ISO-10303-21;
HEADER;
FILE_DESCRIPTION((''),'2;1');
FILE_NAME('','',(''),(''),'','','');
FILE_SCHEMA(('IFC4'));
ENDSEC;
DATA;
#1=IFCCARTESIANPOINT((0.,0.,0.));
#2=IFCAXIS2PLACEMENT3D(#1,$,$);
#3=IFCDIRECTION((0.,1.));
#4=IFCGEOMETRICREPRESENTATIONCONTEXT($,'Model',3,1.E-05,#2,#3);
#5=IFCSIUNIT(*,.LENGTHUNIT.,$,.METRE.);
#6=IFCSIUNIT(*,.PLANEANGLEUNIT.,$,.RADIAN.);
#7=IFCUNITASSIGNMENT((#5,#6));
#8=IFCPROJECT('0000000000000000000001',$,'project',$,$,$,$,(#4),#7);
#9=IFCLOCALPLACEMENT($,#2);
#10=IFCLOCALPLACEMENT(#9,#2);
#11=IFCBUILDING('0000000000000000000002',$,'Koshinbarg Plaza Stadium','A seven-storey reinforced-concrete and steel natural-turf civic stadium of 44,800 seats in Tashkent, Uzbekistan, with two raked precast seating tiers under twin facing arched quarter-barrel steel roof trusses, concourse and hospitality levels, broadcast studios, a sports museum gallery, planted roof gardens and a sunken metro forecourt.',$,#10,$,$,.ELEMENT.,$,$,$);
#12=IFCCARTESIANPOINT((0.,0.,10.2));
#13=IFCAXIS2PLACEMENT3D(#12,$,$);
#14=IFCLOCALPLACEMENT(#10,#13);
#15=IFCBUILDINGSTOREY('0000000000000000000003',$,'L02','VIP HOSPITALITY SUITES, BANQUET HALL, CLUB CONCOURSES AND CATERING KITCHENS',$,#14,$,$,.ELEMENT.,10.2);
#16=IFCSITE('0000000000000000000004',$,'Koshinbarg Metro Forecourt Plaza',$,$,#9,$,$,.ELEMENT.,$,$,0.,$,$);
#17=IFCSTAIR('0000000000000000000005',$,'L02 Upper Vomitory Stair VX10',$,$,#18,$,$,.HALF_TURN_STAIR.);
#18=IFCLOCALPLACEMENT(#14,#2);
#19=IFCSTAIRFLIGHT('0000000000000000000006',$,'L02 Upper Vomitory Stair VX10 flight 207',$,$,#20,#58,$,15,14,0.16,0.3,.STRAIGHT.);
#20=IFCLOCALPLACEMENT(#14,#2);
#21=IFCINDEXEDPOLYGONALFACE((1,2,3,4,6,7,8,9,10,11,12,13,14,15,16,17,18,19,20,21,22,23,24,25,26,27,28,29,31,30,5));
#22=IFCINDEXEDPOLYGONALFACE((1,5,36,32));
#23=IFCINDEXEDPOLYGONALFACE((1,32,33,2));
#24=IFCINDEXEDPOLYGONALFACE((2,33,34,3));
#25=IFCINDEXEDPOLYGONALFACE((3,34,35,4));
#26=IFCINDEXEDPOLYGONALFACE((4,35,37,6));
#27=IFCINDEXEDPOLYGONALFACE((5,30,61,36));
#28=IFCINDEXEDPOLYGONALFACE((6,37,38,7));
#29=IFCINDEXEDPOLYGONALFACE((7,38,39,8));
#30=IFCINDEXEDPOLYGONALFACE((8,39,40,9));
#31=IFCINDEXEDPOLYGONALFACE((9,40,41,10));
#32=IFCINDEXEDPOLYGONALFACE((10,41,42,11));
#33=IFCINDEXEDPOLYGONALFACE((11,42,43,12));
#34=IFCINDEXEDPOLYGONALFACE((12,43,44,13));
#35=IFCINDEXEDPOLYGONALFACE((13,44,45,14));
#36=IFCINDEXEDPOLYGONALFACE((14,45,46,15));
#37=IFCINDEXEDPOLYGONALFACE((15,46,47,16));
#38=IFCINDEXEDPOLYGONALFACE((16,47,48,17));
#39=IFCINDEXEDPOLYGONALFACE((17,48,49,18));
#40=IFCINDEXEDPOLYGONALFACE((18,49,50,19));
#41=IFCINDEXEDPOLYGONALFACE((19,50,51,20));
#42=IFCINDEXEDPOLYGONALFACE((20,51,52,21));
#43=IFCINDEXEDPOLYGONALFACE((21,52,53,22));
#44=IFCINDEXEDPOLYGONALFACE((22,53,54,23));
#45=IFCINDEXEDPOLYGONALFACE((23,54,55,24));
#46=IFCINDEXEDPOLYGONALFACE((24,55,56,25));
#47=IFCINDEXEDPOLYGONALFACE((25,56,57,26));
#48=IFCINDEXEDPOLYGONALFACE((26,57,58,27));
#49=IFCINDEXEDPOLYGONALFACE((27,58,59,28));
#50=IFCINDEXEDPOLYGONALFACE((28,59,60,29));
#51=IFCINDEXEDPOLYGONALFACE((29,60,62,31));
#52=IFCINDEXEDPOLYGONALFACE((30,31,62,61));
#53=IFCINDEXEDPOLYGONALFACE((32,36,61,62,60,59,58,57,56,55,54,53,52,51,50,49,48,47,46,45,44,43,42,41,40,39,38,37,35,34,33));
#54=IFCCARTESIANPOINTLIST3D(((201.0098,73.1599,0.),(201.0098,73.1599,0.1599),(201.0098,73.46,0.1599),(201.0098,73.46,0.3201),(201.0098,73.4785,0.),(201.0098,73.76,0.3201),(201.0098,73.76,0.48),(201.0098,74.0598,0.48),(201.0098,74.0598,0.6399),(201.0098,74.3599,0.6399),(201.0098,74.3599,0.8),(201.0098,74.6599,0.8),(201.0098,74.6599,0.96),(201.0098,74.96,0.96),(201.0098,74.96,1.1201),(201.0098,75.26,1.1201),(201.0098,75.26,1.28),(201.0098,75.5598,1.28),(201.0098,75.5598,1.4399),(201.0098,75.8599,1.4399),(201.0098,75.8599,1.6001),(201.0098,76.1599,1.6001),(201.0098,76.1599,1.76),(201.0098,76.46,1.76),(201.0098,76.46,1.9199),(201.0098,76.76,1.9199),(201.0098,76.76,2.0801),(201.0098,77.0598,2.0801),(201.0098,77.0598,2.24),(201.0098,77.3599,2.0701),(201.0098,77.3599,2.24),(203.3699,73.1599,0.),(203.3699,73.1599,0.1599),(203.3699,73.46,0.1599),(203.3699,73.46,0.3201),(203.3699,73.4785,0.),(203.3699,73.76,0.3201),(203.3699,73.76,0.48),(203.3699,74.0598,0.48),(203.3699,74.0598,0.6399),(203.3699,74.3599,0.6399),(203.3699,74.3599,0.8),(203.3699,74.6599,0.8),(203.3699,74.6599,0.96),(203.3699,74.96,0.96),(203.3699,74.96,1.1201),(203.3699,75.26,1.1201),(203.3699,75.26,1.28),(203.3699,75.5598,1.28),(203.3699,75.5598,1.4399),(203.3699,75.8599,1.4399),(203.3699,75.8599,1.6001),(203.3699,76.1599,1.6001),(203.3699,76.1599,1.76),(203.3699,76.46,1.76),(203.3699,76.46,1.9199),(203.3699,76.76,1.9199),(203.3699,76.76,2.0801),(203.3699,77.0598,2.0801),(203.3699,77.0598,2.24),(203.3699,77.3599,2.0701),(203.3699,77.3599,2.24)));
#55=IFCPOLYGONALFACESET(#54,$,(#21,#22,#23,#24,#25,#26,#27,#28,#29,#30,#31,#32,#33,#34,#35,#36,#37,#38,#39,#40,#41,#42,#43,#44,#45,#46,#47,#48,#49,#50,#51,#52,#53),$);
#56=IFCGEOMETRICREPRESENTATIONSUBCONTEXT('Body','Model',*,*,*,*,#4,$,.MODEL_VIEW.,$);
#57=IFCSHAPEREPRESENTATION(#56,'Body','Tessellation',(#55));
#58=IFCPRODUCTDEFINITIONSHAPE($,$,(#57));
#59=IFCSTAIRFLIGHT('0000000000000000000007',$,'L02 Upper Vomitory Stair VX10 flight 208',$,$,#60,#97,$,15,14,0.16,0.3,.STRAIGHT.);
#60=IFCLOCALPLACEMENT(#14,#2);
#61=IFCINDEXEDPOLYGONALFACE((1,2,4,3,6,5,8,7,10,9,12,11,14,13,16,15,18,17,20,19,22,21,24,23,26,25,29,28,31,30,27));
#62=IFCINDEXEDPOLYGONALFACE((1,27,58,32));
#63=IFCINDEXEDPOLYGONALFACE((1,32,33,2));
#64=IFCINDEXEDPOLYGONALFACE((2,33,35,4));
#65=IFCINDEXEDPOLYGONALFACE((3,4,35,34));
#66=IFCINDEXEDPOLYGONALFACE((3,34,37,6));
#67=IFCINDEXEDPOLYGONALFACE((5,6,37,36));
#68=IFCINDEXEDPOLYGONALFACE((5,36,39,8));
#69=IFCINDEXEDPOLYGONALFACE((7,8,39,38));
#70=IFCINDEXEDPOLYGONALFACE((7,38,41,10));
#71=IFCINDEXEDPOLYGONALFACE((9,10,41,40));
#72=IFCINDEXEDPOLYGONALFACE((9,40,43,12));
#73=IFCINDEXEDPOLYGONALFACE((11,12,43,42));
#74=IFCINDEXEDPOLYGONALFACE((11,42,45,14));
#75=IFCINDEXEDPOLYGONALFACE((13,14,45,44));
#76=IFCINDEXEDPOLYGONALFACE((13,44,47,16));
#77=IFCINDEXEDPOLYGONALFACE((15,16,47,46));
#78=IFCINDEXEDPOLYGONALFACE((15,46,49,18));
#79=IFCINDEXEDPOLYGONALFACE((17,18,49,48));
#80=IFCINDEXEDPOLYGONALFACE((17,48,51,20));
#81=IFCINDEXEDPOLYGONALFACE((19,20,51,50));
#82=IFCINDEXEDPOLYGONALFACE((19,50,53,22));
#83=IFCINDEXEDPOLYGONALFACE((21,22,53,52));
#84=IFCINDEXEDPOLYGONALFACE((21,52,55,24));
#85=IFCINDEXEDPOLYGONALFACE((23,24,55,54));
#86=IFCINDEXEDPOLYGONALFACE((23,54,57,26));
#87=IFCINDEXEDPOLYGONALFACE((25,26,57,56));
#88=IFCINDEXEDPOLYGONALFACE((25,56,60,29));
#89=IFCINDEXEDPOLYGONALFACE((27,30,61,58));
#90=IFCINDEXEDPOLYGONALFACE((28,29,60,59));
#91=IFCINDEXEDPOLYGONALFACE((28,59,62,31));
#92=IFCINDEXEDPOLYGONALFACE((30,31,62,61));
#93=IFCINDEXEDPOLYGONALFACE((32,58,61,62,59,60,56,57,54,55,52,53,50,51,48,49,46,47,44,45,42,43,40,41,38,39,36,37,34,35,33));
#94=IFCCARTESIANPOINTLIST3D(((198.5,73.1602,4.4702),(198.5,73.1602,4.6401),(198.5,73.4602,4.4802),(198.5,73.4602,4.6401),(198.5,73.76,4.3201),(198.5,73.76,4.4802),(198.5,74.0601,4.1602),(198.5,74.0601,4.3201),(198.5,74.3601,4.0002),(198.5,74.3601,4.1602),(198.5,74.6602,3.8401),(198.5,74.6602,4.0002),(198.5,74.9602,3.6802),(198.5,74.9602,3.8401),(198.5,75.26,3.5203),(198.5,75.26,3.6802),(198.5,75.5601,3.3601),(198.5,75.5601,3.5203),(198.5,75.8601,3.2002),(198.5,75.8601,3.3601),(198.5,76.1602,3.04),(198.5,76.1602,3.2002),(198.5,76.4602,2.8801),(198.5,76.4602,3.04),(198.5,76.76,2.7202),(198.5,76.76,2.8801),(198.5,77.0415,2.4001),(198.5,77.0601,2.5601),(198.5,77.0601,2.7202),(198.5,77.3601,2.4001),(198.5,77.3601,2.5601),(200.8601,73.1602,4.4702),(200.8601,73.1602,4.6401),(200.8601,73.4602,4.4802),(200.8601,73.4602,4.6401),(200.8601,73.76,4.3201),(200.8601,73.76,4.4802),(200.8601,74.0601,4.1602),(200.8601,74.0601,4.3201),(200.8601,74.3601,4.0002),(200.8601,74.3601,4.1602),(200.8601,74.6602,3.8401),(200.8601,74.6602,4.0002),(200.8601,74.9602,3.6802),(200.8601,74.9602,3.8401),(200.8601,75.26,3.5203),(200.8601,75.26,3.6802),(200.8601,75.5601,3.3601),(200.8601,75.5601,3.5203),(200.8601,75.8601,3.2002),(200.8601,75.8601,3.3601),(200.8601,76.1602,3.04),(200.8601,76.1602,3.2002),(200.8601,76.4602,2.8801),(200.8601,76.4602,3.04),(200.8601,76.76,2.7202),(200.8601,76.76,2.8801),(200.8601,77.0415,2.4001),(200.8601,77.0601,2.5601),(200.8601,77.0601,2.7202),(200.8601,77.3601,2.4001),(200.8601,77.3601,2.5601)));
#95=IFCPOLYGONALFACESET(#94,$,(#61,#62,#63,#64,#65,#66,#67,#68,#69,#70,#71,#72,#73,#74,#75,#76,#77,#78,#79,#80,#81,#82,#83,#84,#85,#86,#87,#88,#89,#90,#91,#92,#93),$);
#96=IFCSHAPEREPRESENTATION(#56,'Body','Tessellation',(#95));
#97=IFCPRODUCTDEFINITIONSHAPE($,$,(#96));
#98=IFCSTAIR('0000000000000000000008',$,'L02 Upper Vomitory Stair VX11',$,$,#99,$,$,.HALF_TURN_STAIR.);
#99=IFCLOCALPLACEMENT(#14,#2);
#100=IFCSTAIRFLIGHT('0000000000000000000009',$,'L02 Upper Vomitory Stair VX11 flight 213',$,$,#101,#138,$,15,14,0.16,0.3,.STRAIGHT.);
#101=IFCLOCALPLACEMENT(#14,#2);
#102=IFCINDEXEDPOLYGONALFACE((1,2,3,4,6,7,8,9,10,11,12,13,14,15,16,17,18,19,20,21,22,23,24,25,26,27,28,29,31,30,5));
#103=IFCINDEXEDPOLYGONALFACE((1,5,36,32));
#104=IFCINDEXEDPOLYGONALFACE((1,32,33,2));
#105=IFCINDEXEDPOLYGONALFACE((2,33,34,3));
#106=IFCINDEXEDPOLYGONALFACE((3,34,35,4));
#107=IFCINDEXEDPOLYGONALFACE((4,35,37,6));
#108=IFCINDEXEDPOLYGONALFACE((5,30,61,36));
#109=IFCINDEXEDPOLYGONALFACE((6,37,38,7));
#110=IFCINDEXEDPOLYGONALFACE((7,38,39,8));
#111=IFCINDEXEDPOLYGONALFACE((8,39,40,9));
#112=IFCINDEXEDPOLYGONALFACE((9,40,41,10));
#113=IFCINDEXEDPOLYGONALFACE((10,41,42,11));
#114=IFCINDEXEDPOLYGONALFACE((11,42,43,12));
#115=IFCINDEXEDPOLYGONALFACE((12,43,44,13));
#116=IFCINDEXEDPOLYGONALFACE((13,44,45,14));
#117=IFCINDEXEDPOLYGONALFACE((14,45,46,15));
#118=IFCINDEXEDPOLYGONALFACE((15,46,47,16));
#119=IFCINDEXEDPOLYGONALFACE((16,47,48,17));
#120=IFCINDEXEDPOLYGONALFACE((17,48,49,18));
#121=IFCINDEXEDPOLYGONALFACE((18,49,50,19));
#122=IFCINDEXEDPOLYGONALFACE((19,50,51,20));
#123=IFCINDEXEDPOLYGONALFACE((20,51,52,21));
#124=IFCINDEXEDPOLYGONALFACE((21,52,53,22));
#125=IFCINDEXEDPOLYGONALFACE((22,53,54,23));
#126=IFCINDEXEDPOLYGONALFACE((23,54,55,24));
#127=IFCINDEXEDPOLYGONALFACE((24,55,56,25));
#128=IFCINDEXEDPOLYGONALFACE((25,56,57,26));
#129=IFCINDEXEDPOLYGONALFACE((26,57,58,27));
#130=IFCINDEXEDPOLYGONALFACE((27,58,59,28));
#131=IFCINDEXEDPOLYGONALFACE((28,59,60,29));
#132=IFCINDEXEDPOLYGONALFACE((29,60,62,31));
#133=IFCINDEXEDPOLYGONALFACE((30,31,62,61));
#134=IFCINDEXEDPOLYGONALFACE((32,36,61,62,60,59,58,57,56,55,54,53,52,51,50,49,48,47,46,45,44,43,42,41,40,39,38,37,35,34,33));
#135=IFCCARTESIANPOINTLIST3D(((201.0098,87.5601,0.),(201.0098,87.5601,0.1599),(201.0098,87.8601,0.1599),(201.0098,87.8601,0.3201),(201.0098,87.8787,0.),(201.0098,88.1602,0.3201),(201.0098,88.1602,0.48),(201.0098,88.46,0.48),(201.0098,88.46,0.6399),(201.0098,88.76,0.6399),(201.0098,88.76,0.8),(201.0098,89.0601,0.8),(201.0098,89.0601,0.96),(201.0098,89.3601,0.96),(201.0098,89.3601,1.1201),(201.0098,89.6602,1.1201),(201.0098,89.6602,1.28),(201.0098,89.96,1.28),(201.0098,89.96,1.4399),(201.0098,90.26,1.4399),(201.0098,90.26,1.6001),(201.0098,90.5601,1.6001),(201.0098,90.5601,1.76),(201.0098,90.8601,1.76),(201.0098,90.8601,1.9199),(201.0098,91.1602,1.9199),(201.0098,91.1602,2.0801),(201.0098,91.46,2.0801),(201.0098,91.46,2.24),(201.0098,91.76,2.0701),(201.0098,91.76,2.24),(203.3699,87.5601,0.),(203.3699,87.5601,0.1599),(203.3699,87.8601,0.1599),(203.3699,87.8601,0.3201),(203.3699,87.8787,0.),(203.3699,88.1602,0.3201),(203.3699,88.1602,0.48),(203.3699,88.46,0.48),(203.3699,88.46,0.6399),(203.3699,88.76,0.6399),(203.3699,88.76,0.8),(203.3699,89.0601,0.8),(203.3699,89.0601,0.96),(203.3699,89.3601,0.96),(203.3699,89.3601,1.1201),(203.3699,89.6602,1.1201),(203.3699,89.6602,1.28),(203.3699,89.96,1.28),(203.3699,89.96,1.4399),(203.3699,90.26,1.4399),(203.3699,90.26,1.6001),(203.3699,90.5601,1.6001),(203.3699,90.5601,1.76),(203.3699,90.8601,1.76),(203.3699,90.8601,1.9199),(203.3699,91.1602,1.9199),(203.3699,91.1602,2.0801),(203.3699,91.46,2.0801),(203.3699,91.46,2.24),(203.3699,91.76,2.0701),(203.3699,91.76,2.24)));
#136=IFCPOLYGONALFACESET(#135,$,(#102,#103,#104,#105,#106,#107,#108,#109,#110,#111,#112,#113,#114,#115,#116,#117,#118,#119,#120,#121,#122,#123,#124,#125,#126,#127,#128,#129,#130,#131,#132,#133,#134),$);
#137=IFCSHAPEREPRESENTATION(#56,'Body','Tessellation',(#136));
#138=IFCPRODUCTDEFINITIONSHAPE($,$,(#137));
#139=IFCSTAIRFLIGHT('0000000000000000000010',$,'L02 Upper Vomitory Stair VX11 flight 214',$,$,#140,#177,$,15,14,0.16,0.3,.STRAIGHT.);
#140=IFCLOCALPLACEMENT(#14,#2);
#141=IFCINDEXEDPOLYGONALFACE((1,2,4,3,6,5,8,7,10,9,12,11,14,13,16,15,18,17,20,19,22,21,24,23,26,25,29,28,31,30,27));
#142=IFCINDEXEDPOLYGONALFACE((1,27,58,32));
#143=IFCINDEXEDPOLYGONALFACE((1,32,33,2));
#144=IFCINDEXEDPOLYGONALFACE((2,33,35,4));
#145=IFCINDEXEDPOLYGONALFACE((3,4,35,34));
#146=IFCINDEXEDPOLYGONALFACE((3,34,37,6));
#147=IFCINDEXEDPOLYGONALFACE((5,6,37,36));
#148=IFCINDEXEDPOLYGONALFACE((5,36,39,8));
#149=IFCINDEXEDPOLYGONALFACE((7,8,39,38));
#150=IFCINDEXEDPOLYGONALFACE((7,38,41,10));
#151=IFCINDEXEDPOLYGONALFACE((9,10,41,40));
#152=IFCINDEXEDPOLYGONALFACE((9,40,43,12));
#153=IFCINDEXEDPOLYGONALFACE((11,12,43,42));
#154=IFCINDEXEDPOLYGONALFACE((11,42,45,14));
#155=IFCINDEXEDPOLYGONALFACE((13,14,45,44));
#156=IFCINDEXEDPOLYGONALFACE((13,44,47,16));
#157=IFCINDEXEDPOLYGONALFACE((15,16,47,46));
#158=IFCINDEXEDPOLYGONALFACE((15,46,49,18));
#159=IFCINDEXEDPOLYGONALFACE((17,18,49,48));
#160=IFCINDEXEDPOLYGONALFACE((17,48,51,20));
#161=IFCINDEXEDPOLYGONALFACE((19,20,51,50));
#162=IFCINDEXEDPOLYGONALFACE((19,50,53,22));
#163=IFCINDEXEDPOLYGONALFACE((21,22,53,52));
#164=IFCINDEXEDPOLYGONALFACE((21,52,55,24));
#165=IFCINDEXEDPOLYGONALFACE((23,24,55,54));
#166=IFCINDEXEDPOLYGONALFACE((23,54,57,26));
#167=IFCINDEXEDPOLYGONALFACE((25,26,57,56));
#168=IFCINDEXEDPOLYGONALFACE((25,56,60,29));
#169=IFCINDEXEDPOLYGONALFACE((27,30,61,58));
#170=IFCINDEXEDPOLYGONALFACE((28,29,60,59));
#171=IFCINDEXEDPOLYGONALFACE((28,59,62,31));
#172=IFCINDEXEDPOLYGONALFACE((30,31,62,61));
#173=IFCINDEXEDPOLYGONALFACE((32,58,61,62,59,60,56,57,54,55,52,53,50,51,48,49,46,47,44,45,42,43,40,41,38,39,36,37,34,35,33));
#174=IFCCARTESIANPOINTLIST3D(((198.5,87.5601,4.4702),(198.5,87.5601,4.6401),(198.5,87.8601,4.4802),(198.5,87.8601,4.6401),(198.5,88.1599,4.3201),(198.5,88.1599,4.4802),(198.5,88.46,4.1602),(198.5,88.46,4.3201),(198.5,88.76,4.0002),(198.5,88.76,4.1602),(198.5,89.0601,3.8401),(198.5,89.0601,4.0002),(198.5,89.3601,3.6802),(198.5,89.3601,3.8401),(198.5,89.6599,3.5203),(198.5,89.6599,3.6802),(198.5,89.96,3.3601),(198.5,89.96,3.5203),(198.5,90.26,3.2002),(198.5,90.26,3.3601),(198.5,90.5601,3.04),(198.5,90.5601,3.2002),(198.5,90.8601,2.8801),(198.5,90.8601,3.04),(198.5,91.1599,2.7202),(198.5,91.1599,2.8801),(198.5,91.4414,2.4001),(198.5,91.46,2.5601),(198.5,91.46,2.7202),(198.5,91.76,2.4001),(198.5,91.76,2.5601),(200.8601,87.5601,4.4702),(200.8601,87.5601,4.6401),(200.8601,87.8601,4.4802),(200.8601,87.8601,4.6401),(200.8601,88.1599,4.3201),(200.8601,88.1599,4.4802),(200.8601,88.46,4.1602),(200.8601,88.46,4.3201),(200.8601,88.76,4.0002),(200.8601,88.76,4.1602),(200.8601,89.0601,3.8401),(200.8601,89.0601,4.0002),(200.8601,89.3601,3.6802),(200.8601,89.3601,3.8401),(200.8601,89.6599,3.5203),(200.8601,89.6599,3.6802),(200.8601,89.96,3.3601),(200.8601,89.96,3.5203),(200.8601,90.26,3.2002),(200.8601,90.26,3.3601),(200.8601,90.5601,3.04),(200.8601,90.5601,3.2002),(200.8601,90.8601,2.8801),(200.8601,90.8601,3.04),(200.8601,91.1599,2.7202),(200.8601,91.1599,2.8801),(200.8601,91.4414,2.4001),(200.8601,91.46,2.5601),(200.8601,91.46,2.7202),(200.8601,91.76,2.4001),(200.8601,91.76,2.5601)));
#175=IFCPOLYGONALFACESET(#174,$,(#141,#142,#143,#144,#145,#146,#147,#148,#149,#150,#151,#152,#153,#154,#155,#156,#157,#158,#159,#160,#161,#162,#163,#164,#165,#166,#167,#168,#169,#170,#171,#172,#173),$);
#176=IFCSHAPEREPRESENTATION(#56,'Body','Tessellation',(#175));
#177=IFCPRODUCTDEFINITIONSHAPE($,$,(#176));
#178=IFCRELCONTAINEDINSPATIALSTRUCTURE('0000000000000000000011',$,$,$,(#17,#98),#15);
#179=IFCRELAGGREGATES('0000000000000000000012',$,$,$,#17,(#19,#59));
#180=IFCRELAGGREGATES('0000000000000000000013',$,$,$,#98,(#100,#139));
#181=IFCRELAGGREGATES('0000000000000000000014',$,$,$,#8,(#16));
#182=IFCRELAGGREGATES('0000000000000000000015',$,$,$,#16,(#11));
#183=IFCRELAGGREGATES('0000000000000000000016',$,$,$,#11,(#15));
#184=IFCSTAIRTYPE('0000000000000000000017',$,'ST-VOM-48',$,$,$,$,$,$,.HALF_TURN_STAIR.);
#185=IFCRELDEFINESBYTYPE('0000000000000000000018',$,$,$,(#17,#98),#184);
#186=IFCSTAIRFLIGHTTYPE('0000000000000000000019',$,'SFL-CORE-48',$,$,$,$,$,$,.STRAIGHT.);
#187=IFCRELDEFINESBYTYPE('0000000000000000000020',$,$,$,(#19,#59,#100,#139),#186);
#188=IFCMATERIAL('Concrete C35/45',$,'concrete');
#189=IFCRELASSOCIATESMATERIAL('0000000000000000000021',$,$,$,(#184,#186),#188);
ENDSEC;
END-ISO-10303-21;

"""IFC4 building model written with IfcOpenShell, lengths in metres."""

from ifc_helpers import new_model, si_unit, direction, frame, origin, place, context, subcontext, project, spatial, polyline, outline, extrude, material, type_object, element, aggregate, save


model = new_model("IFC4")

# Units and contexts
model_context = context("Model", 3, precision=1e-05, world=origin(), true_north=direction((0.0, 1.0)))
body_context = subcontext(model_context, "Body", "Model", "MODEL_VIEW")
ifc_project = project(units=[si_unit("LENGTHUNIT", "METRE"), si_unit("PLANEANGLEUNIT", "RADIAN")], contexts=[model_context])

# Site, building, storey
site_placement = place(None, origin())
site = spatial("IfcSite", under=ifc_project, at=site_placement, Name="Koshinbarg Metro Forecourt Plaza", CompositionType="ELEMENT", RefElevation=0.0)
building_placement = place(site_placement, origin())
building = spatial("IfcBuilding", under=site, at=building_placement, Name="Koshinbarg Plaza Stadium", Description="A seven-storey reinforced-concrete and steel natural-turf civic stadium of 44,800 seats in Tashkent, Uzbekistan, with two raked precast seating tiers under twin facing arched quarter-barrel steel roof trusses, concourse and hospitality levels, broadcast studios, a sports museum gallery, planted roof gardens and a sunken metro forecourt.", CompositionType="ELEMENT")
storey_placement = place(building_placement, frame((0.0, 0.0, 10.2)))
storey = spatial("IfcBuildingStorey", under=building, at=storey_placement, Name="L02", Description="VIP HOSPITALITY SUITES, BANQUET HALL, CLUB CONCOURSES AND CATERING KITCHENS", CompositionType="ELEMENT", Elevation=10.2)

# Stairs, stair flights
ifc_material_1 = material(Name="Concrete C35/45", Category="concrete")
stair_type = type_object("IfcStairType", Name="ST-VOM-48", PredefinedType="HALF_TURN_STAIR", material=ifc_material_1)
stair_1_placement = place(storey_placement, origin())
stair_1 = element("IfcStair", 1, at=stair_1_placement, inside=storey, type_object=stair_type, Name="L02 Upper Vomitory Stair VX10", PredefinedType="HALF_TURN_STAIR")
stair_flight_type = type_object("IfcStairFlightType", Name="SFL-CORE-48", PredefinedType="STRAIGHT", material=ifc_material_1)
stair_flight_1_placement = place(storey_placement, frame((202.1899, 73.1599, 0.0), z_axis=(0.0, 0.0, 1.0), x_axis=(0.0, 1.0, 0.0)))
stair_flight_1 = element("IfcStairFlight", 2, at=stair_flight_1_placement, type_object=stair_flight_type, Name="L02 Upper Vomitory Stair VX10 flight 207", NumberOfRisers=15, NumberOfTreads=14, PredefinedType="STRAIGHT", RiserHeight=0.16, TreadLength=0.3, context=body_context, shape_type="SweptSolid", body=[
    extrude(outline(polyline([(0.0, 0.0), (0.0, 0.1599), (0.3, 0.1599), (0.3, 0.3201), (0.6001, 0.3201), (0.6001, 0.48), (0.8999, 0.48), (0.8999, 0.6399), (1.2, 0.6399), (1.2, 0.8), (1.5, 0.8), (1.5, 0.96), (1.8, 0.96), (1.8, 1.1201), (2.1001, 1.1201), (2.1001, 1.28), (2.3999, 1.28), (2.3999, 1.4399), (2.7, 1.4399), (2.7, 1.6001), (3.0, 1.6001), (3.0, 1.76), (3.3, 1.76), (3.3, 1.9199), (3.6001, 1.9199), (3.6001, 2.0801), (3.8999, 2.0801), (3.8999, 2.24), (4.2, 2.24), (4.2, 2.3999), (4.2, 2.0701), (0.3186, 0.0), (0.0, 0.0)])), frame((0.0, 1.1802, 0.0), z_axis=(0.0, -1.0, 0.0), x_axis=(1.0, 0.0, 0.0)), (0.0, 0.0, 1.0), 2.3601),
])
stair_flight_2_placement = place(storey_placement, frame((199.6799, 77.3601, 2.4001), z_axis=(0.0, 0.0, 1.0), x_axis=(0.0, -1.0, 0.0)))
stair_flight_2 = element("IfcStairFlight", 3, at=stair_flight_2_placement, type_object=stair_flight_type, Name="L02 Upper Vomitory Stair VX10 flight 208", NumberOfRisers=15, NumberOfTreads=14, PredefinedType="STRAIGHT", RiserHeight=0.16, TreadLength=0.3, context=body_context, shape_type="SweptSolid", body=[
    extrude(outline(polyline([(0.0, 0.0), (0.0, 0.1599), (0.3, 0.1599), (0.3, 0.3201), (0.6001, 0.3201), (0.6001, 0.48), (0.8999, 0.48), (0.8999, 0.6399), (1.2, 0.6399), (1.2, 0.8), (1.5, 0.8), (1.5, 0.96), (1.8, 0.96), (1.8, 1.1201), (2.1001, 1.1201), (2.1001, 1.28), (2.3999, 1.28), (2.3999, 1.4399), (2.7, 1.4399), (2.7, 1.6001), (3.0, 1.6001), (3.0, 1.76), (3.3, 1.76), (3.3, 1.9199), (3.6001, 1.9199), (3.6001, 2.0801), (3.8999, 2.0801), (3.8999, 2.24), (4.2, 2.24), (4.2, 2.3999), (4.2, 2.0701), (0.3186, 0.0), (0.0, 0.0)])), frame((0.0, 1.1802, 0.0), z_axis=(0.0, -1.0, 0.0), x_axis=(1.0, 0.0, 0.0)), (0.0, 0.0, 1.0), 2.3601),
])
aggregate(stair_1, [stair_flight_1, stair_flight_2])
stair_2_placement = place(storey_placement, origin())
stair_2 = element("IfcStair", 4, at=stair_2_placement, inside=storey, type_object=stair_type, Name="L02 Upper Vomitory Stair VX11", PredefinedType="HALF_TURN_STAIR")
stair_flight_3_placement = place(storey_placement, frame((202.1899, 87.5601, 0.0), z_axis=(0.0, 0.0, 1.0), x_axis=(0.0, 1.0, 0.0)))
stair_flight_3 = element("IfcStairFlight", 5, at=stair_flight_3_placement, type_object=stair_flight_type, Name="L02 Upper Vomitory Stair VX11 flight 213", NumberOfRisers=15, NumberOfTreads=14, PredefinedType="STRAIGHT", RiserHeight=0.16, TreadLength=0.3, context=body_context, shape_type="SweptSolid", body=[
    extrude(outline(polyline([(0.0, 0.0), (0.0, 0.1599), (0.3, 0.1599), (0.3, 0.3201), (0.6001, 0.3201), (0.6001, 0.48), (0.8999, 0.48), (0.8999, 0.6399), (1.2, 0.6399), (1.2, 0.8), (1.5, 0.8), (1.5, 0.96), (1.8, 0.96), (1.8, 1.1201), (2.1001, 1.1201), (2.1001, 1.28), (2.3999, 1.28), (2.3999, 1.4399), (2.7, 1.4399), (2.7, 1.6001), (3.0, 1.6001), (3.0, 1.76), (3.3, 1.76), (3.3, 1.9199), (3.6001, 1.9199), (3.6001, 2.0801), (3.8999, 2.0801), (3.8999, 2.24), (4.2, 2.24), (4.2, 2.3999), (4.2, 2.0701), (0.3186, 0.0), (0.0, 0.0)])), frame((0.0, 1.1802, 0.0), z_axis=(0.0, -1.0, 0.0), x_axis=(1.0, 0.0, 0.0)), (0.0, 0.0, 1.0), 2.3601),
])
stair_flight_4_placement = place(storey_placement, frame((199.6799, 91.76, 2.4001), z_axis=(0.0, 0.0, 1.0), x_axis=(0.0, -1.0, 0.0)))
stair_flight_4 = element("IfcStairFlight", 6, at=stair_flight_4_placement, type_object=stair_flight_type, Name="L02 Upper Vomitory Stair VX11 flight 214", NumberOfRisers=15, NumberOfTreads=14, PredefinedType="STRAIGHT", RiserHeight=0.16, TreadLength=0.3, context=body_context, shape_type="SweptSolid", body=[
    extrude(outline(polyline([(0.0, 0.0), (0.0, 0.1599), (0.3, 0.1599), (0.3, 0.3201), (0.6001, 0.3201), (0.6001, 0.48), (0.8999, 0.48), (0.8999, 0.6399), (1.2, 0.6399), (1.2, 0.8), (1.5, 0.8), (1.5, 0.96), (1.8, 0.96), (1.8, 1.1201), (2.1001, 1.1201), (2.1001, 1.28), (2.3999, 1.28), (2.3999, 1.4399), (2.7, 1.4399), (2.7, 1.6001), (3.0, 1.6001), (3.0, 1.76), (3.3, 1.76), (3.3, 1.9199), (3.6001, 1.9199), (3.6001, 2.0801), (3.8999, 2.0801), (3.8999, 2.24), (4.2, 2.24), (4.2, 2.3999), (4.2, 2.0701), (0.3186, 0.0), (0.0, 0.0)])), frame((0.0, 1.1802, 0.0), z_axis=(0.0, -1.0, 0.0), x_axis=(1.0, 0.0, 0.0)), (0.0, 0.0, 1.0), 2.3601),
])
aggregate(stair_2, [stair_flight_3, stair_flight_4])

save(model, "model.ifc")
